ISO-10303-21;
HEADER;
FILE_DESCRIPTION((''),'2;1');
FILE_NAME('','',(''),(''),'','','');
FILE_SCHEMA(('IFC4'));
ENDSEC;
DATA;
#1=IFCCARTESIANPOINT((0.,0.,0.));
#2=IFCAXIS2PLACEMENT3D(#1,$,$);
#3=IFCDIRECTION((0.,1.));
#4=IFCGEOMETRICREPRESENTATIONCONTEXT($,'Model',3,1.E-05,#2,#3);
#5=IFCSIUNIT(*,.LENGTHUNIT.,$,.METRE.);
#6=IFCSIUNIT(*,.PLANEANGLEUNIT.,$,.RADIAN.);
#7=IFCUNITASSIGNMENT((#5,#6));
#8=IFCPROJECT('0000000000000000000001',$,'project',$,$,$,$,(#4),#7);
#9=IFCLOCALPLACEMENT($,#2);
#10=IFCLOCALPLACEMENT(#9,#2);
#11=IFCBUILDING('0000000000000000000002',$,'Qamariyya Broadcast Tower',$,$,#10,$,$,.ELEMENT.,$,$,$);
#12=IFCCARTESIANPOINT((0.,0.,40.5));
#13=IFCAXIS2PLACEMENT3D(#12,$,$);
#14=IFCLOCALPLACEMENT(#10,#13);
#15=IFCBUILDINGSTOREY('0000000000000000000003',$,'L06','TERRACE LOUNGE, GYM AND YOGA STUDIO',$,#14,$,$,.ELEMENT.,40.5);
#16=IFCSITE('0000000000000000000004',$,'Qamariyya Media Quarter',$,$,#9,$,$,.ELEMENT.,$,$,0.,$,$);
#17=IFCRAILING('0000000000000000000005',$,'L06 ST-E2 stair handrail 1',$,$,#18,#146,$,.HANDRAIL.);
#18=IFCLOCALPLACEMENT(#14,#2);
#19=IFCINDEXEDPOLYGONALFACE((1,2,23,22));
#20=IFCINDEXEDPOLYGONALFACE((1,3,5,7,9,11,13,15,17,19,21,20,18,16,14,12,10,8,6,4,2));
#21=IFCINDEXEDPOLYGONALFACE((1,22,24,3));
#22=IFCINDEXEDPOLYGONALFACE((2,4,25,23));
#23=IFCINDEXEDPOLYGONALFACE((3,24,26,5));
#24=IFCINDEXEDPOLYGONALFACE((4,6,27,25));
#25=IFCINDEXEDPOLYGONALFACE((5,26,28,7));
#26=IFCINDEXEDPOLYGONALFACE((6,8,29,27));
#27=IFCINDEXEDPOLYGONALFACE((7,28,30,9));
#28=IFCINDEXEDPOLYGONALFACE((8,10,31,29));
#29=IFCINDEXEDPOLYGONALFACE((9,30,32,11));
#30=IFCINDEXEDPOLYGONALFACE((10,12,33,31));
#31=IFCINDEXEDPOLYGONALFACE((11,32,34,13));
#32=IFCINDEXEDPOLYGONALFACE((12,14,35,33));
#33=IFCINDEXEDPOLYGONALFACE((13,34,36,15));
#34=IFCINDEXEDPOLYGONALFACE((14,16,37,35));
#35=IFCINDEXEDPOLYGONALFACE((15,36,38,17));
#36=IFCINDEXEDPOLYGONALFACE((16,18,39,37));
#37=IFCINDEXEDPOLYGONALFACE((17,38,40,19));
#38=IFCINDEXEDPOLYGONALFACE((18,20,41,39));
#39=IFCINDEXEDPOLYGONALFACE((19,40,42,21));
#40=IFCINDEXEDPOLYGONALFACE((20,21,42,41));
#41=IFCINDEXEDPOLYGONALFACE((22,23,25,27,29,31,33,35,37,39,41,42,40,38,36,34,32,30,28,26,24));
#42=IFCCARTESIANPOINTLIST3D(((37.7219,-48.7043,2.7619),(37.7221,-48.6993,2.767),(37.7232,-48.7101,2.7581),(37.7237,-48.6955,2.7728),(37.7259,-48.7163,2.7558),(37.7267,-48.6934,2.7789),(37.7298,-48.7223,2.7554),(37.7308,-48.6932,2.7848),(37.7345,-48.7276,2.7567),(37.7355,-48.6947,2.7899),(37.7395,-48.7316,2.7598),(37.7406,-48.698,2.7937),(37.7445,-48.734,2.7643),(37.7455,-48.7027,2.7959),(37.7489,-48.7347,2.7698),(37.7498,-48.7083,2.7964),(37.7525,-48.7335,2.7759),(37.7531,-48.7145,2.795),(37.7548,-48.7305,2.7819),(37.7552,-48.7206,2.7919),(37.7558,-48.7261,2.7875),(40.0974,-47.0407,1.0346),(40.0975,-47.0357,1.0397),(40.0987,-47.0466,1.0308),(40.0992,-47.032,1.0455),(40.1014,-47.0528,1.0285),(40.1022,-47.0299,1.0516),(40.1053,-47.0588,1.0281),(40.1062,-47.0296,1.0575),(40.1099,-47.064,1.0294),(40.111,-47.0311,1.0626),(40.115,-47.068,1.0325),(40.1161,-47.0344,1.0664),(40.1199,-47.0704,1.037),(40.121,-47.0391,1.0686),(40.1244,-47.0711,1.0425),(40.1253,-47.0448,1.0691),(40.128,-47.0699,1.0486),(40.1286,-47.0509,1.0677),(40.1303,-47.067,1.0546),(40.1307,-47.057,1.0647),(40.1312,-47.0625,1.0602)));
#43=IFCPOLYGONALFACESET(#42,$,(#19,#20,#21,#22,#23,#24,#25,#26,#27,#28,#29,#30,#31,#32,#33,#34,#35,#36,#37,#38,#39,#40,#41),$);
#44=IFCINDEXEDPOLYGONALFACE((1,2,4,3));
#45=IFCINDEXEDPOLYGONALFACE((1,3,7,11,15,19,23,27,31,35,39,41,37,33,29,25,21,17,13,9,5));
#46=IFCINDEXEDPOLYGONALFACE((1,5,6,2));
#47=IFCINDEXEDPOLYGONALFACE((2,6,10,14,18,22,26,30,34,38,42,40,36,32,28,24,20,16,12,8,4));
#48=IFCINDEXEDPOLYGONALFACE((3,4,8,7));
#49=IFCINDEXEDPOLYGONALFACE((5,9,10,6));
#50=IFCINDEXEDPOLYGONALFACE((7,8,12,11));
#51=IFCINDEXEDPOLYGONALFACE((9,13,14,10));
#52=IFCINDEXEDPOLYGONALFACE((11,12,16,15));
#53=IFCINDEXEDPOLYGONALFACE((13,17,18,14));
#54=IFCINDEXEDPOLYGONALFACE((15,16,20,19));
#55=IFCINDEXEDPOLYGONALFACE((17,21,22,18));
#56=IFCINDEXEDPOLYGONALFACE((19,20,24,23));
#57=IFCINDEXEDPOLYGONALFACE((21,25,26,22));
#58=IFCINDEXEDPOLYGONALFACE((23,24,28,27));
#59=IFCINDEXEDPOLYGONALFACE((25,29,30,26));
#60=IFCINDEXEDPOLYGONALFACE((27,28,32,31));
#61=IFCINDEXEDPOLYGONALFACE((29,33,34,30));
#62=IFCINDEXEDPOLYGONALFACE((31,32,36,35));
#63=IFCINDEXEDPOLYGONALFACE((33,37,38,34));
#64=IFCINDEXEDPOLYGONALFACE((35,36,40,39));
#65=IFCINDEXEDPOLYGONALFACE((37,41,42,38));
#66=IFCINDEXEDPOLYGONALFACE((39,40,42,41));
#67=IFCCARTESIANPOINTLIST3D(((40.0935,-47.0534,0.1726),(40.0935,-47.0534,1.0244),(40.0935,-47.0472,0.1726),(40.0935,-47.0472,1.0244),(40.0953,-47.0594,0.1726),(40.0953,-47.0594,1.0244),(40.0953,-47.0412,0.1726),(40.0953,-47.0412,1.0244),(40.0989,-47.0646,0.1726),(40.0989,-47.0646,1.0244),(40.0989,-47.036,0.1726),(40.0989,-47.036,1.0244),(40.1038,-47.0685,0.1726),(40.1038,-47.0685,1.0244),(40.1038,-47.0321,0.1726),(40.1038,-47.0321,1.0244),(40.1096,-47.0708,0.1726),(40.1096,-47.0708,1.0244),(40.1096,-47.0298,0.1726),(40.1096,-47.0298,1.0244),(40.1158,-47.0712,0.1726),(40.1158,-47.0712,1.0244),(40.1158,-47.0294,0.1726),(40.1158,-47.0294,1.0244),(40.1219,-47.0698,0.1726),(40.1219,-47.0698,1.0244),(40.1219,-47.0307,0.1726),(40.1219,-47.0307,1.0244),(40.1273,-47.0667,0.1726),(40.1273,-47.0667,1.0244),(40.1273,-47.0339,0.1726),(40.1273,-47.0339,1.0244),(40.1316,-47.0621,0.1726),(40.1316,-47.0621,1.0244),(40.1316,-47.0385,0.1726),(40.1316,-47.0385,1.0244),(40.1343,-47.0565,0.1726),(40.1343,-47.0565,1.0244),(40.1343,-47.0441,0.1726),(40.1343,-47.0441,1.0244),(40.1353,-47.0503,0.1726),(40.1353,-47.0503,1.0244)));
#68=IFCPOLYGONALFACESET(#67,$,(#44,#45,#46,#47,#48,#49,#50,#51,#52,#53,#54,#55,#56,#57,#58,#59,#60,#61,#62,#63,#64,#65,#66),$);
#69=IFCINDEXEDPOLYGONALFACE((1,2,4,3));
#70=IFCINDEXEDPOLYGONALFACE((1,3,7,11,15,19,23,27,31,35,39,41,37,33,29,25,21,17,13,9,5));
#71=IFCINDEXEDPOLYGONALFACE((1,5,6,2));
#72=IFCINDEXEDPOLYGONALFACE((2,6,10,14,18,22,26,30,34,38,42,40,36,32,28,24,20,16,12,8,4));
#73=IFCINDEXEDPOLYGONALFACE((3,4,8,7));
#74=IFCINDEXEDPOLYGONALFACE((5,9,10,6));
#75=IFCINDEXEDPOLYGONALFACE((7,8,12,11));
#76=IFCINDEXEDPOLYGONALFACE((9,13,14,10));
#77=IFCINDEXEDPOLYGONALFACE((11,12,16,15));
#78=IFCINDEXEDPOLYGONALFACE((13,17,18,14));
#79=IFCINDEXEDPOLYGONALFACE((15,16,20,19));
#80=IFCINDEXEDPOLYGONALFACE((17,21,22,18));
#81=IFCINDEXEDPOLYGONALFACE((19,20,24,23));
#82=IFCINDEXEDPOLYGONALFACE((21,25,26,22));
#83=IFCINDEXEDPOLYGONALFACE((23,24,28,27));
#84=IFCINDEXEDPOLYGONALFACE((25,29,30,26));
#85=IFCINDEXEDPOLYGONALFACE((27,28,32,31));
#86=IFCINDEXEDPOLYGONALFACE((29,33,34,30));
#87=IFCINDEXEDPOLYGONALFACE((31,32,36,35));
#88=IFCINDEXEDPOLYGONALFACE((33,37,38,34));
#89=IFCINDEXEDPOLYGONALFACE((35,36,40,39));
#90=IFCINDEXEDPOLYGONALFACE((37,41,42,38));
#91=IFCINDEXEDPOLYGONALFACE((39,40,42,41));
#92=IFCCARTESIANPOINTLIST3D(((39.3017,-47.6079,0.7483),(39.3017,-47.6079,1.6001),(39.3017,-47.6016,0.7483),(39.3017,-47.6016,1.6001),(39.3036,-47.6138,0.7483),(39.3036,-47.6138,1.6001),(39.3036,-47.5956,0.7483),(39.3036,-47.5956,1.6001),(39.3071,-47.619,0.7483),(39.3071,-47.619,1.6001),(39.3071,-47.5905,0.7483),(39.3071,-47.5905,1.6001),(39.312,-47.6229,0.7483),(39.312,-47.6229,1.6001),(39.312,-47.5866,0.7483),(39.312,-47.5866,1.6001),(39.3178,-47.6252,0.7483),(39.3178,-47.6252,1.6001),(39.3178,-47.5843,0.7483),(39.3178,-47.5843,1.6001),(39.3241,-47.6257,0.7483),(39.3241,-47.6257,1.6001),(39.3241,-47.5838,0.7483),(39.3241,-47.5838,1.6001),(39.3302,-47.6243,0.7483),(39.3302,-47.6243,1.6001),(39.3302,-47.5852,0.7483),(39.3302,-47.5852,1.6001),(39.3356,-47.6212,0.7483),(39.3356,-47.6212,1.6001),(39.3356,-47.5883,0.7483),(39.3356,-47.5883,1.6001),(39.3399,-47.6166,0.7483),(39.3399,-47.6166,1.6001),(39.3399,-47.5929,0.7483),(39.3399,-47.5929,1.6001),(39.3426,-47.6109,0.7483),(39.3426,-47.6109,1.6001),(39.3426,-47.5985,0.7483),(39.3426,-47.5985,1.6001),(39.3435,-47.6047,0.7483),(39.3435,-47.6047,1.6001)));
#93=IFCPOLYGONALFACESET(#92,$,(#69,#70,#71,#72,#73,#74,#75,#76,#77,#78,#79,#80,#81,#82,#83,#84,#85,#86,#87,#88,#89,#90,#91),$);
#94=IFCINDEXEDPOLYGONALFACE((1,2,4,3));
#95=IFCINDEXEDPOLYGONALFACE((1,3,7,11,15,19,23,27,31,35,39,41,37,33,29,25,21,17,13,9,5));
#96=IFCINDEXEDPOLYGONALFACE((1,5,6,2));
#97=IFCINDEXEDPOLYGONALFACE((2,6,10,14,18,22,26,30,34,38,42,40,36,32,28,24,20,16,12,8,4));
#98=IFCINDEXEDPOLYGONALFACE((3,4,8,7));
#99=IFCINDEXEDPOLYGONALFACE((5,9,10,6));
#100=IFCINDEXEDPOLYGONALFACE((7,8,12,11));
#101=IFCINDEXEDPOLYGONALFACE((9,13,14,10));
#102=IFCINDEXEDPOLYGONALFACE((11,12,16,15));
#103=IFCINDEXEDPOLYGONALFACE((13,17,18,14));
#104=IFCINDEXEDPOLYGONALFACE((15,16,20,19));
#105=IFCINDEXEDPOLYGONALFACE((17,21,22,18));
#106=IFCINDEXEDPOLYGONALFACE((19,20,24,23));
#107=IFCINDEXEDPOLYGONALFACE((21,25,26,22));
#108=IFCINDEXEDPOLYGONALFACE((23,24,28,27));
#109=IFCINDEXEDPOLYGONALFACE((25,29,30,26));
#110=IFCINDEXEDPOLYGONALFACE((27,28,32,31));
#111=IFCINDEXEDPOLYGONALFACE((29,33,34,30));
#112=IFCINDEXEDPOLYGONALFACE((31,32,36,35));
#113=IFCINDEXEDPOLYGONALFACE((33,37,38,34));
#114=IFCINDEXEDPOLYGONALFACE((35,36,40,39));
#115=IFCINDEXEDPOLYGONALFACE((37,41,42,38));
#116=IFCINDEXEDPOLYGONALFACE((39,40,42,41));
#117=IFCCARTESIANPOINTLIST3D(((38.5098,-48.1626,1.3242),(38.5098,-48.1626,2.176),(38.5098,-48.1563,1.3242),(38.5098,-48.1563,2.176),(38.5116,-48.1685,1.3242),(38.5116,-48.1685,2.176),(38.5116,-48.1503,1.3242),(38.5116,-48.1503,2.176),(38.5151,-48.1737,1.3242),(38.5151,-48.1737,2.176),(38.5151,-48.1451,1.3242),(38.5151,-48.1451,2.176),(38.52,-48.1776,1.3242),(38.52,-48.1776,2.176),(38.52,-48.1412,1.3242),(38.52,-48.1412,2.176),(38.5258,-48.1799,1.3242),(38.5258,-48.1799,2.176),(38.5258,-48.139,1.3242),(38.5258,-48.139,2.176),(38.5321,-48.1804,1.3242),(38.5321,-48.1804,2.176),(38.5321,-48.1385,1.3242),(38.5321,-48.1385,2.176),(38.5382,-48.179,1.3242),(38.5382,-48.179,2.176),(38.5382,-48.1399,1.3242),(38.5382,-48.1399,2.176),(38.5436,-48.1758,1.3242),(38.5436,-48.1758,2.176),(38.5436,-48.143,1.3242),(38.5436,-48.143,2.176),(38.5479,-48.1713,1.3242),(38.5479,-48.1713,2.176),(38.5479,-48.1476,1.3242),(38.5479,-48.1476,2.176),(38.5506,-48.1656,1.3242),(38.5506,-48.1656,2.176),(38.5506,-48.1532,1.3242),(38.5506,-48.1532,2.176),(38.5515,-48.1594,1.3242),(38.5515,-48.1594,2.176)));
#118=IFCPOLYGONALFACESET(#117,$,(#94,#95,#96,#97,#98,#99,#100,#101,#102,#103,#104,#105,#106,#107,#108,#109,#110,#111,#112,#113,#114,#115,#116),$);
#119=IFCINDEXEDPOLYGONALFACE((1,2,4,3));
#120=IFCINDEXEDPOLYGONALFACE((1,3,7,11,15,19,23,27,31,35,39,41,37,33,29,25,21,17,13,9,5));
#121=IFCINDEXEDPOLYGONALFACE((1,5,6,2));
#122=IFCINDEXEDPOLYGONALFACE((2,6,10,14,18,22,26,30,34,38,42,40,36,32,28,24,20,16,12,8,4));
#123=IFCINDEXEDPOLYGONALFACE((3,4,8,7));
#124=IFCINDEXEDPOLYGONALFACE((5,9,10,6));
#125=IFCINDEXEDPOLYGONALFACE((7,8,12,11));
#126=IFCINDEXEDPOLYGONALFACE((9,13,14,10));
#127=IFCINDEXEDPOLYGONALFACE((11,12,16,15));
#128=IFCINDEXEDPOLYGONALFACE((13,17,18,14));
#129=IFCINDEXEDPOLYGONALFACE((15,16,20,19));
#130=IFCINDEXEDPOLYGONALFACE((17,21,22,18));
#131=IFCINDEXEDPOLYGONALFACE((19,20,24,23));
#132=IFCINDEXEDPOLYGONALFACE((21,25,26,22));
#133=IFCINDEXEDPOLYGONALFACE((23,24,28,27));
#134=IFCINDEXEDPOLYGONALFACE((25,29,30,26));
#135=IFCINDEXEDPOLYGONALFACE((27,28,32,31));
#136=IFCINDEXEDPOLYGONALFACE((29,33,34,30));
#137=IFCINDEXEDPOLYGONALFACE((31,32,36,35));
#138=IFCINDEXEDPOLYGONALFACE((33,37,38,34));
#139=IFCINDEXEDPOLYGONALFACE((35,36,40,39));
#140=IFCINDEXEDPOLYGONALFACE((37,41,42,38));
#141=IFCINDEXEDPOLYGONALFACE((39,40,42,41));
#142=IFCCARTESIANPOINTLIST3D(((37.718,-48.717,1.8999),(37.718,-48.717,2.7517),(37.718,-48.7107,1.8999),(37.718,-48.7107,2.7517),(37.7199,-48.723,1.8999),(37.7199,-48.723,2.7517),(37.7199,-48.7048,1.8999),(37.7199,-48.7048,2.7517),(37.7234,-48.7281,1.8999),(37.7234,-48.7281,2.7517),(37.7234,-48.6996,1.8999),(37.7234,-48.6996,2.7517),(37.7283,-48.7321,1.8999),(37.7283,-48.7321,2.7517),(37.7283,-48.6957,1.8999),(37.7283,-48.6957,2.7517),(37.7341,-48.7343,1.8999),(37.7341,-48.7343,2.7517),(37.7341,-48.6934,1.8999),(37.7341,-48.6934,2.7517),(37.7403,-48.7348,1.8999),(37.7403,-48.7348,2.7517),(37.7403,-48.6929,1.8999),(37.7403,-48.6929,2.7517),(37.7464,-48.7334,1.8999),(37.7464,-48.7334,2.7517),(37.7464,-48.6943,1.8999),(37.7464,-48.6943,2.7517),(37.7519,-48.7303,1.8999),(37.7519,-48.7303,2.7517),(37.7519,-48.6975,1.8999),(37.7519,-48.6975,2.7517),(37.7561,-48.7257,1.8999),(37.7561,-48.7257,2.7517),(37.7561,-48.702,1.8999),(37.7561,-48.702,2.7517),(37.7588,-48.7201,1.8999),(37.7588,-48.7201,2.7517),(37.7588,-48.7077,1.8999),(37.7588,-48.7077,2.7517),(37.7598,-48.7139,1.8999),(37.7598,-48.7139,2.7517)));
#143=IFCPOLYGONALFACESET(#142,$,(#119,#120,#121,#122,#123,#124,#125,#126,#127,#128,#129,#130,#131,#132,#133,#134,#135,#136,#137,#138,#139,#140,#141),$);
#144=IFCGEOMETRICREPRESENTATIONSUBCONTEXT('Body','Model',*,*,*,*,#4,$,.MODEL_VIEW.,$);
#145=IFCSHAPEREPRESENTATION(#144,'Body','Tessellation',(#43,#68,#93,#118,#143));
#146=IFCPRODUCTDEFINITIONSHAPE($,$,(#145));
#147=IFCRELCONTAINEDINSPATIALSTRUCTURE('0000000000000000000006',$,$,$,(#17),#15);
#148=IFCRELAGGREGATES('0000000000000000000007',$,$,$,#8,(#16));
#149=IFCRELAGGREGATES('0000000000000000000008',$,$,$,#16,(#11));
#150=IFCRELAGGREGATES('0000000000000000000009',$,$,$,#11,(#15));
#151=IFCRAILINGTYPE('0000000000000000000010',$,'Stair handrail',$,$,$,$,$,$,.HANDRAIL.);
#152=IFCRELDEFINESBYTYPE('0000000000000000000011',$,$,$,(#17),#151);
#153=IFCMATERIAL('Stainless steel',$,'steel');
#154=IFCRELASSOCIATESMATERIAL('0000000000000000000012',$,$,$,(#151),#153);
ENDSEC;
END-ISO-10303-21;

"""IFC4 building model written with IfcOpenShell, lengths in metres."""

from ifc_helpers import new_model, si_unit, direction, frame, origin, origin_2d, place, context, subcontext, project, spatial, circle, extrude, material, type_object, element, save


model = new_model("IFC4")

# Units and contexts
model_context = context("Model", 3, precision=1e-05, world=origin(), true_north=direction((0.0, 1.0)))
body_context = subcontext(model_context, "Body", "Model", "MODEL_VIEW")
ifc_project = project(units=[si_unit("LENGTHUNIT", "METRE"), si_unit("PLANEANGLEUNIT", "RADIAN")], contexts=[model_context])

# Site, building, storey
site_placement = place(None, origin())
site = spatial("IfcSite", under=ifc_project, at=site_placement, Name="Qamariyya Media Quarter", CompositionType="ELEMENT", RefElevation=0.0)
building_placement = place(site_placement, origin())
building = spatial("IfcBuilding", under=site, at=building_placement, Name="Qamariyya Broadcast Tower", CompositionType="ELEMENT")
storey_placement = place(building_placement, frame((0.0, 0.0, 40.5)))
storey = spatial("IfcBuildingStorey", under=building, at=storey_placement, Name="L06", Description="TERRACE LOUNGE, GYM AND YOGA STUDIO", CompositionType="ELEMENT", Elevation=40.5)

# Railing
ifc_material_1 = material(Name="Stainless steel", Category="steel")
railing_type_1 = type_object("IfcRailingType", Name="Stair handrail", PredefinedType="HANDRAIL", material=ifc_material_1)
railing_1_placement = place(storey_placement, frame((40.1143, -47.0503, 0.1726)))
element("IfcRailing", 1, at=railing_1_placement, inside=storey, type_object=railing_type_1, Name="L06 ST-E2 stair handrail 1", PredefinedType="HANDRAIL", context=body_context, shape_type="SweptSolid", body=[
    extrude(circle(Radius=0.0239, at=origin_2d()), frame((0.0, 0.0, 0.876), z_axis=(-0.703745, -0.492838, 0.511716), x_axis=(0.573632, -0.819113, 0.0)), (0.0, 0.0, 1.0), 3.3755),
    extrude(circle(Radius=0.021, at=origin_2d()), origin(), (0.0, 0.0, 1.0), 0.8518),
    extrude(circle(Radius=0.021, at=origin_2d()), frame((-0.7917, -0.5544, 0.5757)), (0.0, 0.0, 1.0), 0.8518),
    extrude(circle(Radius=0.021, at=origin_2d()), frame((-1.5837, -1.1091, 1.1516)), (0.0, 0.0, 1.0), 0.8518),
    extrude(circle(Radius=0.021, at=origin_2d()), frame((-2.3755, -1.6636, 1.7273)), (0.0, 0.0, 1.0), 0.8518),
])

save(model, "model.ifc")
